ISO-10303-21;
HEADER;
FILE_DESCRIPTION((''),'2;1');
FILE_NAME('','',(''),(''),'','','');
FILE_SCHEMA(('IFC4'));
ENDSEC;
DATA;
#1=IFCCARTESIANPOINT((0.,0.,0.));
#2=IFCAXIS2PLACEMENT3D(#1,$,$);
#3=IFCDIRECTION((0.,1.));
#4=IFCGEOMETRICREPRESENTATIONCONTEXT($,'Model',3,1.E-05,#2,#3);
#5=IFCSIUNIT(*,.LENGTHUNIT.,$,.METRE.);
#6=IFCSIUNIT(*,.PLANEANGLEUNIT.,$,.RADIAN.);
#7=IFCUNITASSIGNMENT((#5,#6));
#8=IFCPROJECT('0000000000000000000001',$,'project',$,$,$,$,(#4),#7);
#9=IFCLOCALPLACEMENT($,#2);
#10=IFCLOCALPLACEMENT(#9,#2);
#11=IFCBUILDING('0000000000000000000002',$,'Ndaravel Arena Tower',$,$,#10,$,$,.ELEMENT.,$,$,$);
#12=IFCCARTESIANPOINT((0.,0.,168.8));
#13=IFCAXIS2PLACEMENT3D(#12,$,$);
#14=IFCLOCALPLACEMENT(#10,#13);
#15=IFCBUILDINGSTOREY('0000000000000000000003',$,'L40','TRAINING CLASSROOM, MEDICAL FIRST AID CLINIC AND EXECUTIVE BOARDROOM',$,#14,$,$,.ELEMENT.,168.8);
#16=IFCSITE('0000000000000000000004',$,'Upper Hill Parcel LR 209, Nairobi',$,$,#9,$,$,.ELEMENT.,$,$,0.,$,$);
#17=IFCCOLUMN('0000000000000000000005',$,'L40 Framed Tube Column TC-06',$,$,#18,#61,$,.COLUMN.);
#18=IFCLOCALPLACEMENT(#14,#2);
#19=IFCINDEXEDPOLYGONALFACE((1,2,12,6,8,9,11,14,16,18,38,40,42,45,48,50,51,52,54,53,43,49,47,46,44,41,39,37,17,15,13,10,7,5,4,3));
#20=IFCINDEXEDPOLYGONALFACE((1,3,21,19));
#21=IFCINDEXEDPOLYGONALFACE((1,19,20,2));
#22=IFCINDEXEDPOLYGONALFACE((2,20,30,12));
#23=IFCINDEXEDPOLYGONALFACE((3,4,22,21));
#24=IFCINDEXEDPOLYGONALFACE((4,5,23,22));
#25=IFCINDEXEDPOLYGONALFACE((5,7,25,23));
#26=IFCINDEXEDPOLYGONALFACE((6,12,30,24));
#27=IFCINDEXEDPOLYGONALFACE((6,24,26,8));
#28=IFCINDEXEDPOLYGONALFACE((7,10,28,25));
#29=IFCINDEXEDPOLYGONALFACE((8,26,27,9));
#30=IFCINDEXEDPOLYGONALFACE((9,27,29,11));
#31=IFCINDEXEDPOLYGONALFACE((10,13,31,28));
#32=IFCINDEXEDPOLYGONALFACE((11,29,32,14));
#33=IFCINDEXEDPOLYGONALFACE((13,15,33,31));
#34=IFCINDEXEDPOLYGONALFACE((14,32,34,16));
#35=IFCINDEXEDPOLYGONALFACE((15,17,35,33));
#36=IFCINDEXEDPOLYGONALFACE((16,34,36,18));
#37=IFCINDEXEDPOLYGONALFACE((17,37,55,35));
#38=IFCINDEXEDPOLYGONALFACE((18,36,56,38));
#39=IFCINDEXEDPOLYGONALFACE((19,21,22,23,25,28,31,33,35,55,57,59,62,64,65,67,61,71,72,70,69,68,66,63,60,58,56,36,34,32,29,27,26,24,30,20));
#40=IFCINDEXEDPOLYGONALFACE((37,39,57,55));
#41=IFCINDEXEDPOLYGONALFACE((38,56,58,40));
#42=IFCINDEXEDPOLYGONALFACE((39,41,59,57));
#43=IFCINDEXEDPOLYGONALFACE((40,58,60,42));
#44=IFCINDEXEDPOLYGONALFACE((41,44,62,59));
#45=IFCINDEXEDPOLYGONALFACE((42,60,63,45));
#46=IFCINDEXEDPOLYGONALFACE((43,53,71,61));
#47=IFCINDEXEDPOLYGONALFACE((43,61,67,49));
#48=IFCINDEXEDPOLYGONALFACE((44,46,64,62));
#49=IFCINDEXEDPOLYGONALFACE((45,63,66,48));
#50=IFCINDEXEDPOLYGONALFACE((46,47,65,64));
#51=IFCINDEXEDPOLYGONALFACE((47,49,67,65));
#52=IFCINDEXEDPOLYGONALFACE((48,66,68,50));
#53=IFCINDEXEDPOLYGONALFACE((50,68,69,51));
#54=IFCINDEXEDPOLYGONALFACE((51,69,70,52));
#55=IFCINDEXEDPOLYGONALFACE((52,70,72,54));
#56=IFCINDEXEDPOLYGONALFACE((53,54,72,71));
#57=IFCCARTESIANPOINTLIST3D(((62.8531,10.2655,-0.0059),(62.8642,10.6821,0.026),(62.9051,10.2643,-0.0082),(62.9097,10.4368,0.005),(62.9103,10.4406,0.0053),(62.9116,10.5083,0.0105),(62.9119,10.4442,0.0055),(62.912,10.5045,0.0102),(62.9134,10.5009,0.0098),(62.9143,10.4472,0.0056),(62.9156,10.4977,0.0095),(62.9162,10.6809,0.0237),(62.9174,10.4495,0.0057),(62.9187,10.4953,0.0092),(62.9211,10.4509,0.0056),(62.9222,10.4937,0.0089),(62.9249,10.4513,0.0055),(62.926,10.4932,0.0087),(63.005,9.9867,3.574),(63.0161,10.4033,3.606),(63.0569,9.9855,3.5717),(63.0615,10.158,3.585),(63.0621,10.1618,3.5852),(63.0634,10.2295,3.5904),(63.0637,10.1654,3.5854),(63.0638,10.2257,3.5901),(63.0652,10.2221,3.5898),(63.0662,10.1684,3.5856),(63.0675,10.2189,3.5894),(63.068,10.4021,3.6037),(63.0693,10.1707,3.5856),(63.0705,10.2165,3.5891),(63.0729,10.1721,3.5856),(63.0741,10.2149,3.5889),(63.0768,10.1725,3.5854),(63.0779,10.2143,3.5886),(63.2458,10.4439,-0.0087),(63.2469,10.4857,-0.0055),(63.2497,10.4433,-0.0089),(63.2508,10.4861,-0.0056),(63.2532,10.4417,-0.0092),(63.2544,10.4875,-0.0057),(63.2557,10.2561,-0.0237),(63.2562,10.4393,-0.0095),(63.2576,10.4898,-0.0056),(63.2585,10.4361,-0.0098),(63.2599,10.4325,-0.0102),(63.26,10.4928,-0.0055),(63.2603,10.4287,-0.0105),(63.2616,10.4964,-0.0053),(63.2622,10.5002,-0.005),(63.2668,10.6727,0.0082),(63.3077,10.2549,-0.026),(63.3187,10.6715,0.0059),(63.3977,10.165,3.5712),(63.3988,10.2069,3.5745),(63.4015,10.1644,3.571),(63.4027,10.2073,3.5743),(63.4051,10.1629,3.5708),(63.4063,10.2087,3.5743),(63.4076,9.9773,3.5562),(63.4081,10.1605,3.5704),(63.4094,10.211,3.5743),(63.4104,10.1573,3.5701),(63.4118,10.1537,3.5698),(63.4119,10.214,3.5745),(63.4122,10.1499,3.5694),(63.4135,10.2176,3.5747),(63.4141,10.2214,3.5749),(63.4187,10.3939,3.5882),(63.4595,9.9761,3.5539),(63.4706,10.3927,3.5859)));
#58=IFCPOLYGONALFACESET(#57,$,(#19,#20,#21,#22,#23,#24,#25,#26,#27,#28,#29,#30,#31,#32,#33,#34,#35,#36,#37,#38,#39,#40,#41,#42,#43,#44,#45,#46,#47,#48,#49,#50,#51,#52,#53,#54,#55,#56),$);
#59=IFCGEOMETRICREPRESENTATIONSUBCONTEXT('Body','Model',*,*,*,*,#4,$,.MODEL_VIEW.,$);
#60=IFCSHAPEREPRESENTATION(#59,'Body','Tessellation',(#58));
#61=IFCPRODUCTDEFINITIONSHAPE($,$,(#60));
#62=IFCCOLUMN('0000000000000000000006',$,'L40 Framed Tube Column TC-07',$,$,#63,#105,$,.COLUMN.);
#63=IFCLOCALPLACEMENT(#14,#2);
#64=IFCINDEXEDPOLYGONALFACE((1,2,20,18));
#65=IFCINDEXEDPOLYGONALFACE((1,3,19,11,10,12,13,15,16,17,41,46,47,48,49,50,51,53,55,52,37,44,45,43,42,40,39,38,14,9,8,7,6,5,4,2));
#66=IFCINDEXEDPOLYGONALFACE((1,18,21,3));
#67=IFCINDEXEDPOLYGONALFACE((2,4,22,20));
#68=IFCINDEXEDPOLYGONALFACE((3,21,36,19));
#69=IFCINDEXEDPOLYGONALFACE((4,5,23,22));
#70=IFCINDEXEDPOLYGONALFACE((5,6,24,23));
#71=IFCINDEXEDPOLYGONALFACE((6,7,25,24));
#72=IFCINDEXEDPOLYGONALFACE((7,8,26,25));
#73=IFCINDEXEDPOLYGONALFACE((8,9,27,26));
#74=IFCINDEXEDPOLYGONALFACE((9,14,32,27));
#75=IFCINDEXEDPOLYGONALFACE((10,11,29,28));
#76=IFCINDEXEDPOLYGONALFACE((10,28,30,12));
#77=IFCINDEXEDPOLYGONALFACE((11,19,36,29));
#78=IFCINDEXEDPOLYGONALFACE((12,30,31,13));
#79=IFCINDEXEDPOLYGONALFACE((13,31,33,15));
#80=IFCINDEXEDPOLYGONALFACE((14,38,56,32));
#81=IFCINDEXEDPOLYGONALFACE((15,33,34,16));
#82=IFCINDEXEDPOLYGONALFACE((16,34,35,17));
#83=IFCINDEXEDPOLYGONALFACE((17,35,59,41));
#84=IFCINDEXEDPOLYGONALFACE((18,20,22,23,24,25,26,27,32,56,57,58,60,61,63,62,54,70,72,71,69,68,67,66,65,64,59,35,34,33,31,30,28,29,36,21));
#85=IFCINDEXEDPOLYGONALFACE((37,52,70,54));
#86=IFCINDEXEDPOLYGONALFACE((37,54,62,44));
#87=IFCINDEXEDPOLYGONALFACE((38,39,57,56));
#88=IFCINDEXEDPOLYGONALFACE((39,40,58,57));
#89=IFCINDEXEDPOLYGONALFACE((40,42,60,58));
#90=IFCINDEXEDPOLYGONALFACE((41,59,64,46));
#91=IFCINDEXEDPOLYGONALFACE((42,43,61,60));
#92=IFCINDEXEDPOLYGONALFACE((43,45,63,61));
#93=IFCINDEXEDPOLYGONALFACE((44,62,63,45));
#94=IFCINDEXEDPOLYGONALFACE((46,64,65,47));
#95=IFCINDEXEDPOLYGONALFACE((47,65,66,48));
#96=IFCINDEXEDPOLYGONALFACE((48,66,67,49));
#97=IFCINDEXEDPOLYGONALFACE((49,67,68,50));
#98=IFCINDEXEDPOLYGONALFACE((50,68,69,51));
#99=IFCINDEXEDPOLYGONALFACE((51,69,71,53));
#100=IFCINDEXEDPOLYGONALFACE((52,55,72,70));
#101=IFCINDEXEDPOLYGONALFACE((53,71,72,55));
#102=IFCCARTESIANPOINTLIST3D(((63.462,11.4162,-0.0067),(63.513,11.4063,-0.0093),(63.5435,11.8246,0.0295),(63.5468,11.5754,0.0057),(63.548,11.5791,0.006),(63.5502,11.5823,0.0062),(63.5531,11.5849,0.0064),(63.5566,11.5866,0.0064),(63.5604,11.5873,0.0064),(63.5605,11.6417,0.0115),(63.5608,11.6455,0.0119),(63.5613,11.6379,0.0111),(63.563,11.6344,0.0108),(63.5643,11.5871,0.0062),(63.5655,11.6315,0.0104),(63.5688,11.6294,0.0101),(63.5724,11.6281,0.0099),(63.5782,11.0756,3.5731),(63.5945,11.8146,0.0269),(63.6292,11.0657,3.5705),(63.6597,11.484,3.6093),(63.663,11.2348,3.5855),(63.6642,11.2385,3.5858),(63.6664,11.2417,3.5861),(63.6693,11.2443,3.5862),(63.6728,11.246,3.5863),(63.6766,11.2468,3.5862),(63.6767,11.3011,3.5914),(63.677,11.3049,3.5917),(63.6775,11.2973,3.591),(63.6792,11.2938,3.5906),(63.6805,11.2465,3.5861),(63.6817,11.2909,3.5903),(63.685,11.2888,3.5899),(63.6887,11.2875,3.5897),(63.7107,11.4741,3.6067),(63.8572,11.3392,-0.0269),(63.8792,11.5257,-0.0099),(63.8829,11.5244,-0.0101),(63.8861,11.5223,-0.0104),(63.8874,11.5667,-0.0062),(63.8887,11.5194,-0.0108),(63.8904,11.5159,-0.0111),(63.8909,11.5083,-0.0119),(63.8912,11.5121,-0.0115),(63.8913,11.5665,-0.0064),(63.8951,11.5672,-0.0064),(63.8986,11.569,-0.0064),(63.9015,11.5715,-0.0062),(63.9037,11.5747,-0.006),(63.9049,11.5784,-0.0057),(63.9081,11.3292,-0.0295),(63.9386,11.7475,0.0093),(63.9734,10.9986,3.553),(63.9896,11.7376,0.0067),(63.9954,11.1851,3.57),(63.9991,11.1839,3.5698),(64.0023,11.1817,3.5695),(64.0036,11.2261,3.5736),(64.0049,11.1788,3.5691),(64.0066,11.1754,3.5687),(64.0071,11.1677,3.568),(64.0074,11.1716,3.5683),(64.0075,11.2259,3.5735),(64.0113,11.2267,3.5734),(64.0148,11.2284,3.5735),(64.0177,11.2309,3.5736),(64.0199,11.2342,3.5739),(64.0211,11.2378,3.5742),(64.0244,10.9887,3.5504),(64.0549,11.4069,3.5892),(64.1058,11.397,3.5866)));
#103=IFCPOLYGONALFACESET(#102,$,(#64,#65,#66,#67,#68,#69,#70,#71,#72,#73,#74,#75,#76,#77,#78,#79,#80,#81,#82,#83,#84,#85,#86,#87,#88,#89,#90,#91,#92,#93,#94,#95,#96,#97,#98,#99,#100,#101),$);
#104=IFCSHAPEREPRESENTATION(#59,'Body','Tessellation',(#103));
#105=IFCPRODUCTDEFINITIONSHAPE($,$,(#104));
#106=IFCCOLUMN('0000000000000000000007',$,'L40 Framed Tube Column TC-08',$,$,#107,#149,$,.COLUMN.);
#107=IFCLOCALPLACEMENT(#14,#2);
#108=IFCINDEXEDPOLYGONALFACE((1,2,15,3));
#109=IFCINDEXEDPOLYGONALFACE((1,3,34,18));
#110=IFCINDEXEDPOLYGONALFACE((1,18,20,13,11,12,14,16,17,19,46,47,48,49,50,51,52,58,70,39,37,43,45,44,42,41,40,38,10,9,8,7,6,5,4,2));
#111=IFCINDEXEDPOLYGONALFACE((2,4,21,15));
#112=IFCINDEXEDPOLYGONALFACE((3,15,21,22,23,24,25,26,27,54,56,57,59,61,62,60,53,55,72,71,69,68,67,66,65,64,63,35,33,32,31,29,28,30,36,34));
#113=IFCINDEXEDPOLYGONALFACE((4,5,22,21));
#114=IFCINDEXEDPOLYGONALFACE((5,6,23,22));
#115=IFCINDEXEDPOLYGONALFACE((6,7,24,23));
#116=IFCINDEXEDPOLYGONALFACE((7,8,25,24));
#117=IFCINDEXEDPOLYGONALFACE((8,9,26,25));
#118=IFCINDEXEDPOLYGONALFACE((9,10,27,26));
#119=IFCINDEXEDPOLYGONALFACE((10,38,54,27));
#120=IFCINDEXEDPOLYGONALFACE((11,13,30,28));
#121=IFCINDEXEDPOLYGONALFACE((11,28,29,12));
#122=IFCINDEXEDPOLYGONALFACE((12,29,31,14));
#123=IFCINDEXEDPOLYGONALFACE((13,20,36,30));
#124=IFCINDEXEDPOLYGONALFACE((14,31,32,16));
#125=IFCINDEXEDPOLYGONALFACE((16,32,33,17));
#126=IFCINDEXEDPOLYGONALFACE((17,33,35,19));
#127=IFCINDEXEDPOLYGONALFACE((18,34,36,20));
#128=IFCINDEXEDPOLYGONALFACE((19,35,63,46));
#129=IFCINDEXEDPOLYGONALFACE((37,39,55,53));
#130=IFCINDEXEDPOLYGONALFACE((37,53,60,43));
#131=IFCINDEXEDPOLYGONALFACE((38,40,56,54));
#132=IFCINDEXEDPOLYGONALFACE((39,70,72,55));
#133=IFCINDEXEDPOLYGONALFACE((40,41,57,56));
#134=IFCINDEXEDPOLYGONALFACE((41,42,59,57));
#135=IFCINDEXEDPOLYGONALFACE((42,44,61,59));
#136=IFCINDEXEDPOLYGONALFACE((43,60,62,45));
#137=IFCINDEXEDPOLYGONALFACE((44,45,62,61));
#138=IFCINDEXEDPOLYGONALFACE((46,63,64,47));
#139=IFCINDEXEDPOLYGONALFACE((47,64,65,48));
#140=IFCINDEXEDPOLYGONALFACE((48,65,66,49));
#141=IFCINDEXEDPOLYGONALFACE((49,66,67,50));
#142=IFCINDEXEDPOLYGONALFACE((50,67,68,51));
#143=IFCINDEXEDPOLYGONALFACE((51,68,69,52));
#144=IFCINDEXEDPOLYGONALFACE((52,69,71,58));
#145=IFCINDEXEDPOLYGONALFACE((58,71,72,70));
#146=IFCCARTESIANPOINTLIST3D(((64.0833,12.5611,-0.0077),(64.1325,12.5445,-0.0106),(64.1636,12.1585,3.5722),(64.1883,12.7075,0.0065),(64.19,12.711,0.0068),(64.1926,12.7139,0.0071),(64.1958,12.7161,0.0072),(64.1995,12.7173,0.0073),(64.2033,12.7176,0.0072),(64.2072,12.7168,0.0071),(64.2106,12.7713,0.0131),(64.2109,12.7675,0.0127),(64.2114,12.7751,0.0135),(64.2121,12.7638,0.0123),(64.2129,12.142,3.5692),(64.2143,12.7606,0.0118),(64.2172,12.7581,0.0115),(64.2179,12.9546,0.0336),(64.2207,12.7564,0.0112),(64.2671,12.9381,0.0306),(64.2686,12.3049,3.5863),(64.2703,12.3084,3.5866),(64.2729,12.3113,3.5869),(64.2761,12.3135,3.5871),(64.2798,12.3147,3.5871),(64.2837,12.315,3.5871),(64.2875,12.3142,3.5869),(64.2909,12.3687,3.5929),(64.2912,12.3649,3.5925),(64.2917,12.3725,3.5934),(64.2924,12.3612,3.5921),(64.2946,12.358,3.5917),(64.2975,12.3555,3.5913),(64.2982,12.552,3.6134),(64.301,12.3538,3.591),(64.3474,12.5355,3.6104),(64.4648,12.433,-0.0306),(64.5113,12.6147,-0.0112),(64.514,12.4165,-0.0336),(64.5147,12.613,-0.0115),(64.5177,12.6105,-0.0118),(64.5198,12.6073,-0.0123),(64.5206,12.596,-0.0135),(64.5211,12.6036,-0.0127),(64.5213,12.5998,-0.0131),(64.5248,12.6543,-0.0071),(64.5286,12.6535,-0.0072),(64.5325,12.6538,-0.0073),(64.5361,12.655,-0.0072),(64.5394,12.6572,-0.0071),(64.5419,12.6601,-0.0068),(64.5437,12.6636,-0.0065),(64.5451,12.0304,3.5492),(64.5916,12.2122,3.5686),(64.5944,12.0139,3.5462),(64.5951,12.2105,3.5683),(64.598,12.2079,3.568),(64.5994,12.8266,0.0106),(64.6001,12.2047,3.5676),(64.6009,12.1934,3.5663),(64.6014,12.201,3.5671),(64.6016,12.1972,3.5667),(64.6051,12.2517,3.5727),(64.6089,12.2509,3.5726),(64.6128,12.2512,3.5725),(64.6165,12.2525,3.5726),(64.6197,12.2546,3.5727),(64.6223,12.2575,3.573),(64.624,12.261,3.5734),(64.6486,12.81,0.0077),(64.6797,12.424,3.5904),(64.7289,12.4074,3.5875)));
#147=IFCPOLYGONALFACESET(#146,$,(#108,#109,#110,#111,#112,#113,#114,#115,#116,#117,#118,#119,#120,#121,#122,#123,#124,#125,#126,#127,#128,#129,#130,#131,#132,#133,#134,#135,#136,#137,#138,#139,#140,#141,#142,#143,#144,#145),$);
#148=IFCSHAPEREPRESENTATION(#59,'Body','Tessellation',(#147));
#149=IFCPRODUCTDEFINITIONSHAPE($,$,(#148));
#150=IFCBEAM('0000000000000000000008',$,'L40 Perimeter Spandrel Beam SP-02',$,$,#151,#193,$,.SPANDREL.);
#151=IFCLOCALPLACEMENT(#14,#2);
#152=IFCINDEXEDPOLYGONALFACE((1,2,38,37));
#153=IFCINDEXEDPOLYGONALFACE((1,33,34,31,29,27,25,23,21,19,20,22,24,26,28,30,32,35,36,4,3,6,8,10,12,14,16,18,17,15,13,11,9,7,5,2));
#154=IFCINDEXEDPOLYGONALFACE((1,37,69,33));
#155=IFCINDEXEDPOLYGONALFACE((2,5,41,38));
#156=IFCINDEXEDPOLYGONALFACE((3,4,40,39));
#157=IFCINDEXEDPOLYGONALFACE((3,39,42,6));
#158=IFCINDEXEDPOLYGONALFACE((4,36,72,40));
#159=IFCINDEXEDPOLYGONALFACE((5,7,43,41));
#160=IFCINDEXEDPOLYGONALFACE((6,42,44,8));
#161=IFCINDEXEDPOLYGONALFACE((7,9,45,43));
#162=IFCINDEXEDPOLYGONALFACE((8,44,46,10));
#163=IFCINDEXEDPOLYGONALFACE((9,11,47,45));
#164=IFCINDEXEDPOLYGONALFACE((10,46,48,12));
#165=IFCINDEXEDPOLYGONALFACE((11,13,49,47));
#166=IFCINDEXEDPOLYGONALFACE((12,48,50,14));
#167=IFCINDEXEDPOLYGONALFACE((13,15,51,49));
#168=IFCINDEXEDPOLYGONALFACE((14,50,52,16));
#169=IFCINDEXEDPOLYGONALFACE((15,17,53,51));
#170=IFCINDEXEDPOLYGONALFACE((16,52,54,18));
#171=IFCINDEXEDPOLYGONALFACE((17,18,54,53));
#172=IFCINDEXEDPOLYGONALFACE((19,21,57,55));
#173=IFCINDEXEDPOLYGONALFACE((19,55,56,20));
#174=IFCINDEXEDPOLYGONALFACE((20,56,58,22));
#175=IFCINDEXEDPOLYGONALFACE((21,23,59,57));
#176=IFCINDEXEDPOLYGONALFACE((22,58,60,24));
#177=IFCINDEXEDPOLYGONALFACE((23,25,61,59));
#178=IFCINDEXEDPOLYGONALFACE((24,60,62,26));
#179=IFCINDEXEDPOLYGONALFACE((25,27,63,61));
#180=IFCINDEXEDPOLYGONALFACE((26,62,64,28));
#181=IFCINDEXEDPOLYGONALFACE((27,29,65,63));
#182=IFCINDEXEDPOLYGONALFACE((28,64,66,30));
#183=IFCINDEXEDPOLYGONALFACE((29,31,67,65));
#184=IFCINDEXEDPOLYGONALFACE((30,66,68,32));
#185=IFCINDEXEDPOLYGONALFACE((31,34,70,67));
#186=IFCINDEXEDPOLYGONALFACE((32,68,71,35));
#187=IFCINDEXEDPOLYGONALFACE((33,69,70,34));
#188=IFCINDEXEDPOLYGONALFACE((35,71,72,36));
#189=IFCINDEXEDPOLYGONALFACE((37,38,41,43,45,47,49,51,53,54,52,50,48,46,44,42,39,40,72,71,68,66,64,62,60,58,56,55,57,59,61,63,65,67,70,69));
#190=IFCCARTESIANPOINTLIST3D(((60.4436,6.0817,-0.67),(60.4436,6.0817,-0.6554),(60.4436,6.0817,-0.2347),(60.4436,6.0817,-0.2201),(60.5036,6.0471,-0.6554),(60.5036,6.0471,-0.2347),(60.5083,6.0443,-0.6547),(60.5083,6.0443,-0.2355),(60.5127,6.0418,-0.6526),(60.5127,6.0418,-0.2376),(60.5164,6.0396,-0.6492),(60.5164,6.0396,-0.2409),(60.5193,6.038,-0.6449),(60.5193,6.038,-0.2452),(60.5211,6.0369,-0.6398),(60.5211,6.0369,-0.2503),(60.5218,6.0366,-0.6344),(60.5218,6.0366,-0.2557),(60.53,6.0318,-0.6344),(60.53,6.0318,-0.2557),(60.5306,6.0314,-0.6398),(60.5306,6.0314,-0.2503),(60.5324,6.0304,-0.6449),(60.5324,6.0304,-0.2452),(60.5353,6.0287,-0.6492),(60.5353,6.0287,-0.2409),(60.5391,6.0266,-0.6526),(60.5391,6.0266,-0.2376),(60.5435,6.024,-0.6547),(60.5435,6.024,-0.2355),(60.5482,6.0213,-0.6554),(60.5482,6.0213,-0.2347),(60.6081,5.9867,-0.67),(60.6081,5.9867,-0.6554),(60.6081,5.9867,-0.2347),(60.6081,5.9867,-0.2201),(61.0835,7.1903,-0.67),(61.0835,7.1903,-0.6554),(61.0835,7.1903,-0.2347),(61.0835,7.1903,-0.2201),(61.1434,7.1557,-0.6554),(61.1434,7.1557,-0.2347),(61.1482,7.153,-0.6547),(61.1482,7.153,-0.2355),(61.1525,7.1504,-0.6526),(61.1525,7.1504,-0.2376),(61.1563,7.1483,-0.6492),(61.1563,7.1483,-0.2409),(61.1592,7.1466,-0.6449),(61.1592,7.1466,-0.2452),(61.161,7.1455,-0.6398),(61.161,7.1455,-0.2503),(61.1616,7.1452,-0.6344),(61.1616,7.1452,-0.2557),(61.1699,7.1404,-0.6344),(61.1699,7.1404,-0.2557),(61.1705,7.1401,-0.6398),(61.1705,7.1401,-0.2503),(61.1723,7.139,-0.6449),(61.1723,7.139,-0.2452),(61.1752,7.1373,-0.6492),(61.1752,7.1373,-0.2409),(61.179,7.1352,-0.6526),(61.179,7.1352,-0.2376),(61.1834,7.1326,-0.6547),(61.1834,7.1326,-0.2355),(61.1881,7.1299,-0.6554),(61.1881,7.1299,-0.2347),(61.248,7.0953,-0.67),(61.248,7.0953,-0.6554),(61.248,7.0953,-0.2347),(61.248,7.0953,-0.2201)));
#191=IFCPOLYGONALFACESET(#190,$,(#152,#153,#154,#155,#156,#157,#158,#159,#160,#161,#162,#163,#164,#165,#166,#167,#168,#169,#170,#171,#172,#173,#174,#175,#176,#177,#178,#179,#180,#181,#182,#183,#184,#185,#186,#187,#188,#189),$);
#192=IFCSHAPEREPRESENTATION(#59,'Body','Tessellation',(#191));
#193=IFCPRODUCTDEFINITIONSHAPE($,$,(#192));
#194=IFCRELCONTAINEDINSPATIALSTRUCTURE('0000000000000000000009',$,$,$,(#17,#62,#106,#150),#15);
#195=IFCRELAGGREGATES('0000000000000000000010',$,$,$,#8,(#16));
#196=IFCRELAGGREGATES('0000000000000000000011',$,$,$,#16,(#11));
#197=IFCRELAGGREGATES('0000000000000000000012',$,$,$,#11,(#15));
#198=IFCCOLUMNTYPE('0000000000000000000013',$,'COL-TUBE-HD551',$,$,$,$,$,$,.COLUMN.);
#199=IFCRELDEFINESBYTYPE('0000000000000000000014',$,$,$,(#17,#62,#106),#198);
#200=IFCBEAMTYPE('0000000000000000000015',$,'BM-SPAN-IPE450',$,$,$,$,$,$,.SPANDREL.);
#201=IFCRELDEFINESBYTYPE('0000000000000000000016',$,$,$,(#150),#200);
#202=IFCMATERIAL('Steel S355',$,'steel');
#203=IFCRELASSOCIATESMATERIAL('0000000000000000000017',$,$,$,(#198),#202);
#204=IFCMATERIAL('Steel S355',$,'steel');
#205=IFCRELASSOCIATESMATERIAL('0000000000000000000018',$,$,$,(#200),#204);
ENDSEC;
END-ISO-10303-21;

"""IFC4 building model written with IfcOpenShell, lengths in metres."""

from ifc_helpers import new_model, si_unit, direction, frame, origin, origin_2d, place, context, subcontext, project, spatial, i_section, extrude, material, material_profile, profile_set, type_object, element, save


model = new_model("IFC4")

# Units and contexts
model_context = context("Model", 3, precision=1e-05, world=origin(), true_north=direction((0.0, 1.0)))
body_context = subcontext(model_context, "Body", "Model", "MODEL_VIEW")
ifc_project = project(units=[si_unit("LENGTHUNIT", "METRE"), si_unit("PLANEANGLEUNIT", "RADIAN")], contexts=[model_context])

# Site, building, storey
site_placement = place(None, origin())
site = spatial("IfcSite", under=ifc_project, at=site_placement, Name="Upper Hill Parcel LR 209, Nairobi", CompositionType="ELEMENT", RefElevation=0.0)
building_placement = place(site_placement, origin())
building = spatial("IfcBuilding", under=site, at=building_placement, Name="Ndaravel Arena Tower", CompositionType="ELEMENT")
storey_placement = place(building_placement, frame((0.0, 0.0, 168.8)))
storey = spatial("IfcBuildingStorey", under=building, at=storey_placement, Name="L40", Description="TRAINING CLASSROOM, MEDICAL FIRST AID CLINIC AND EXECUTIVE BOARDROOM", CompositionType="ELEMENT", Elevation=168.8)

# Columns
ifc_material_1 = material(Name="Steel S355", Category="steel")
ifc_material_profile_1 = material_profile(ifc_material_1, i_section(OverallWidth=0.418, OverallDepth=0.4551, WebThickness=0.042, FlangeThickness=0.052, FilletRadius=0.0149, at=origin_2d()), Name="HD 400x551")
ifc_profile_set_1 = profile_set([ifc_material_profile_1], Name="Steel S355")
column_type = type_object("IfcColumnType", Name="COL-TUBE-HD551", PredefinedType="COLUMN", material=ifc_profile_set_1)
column_1_placement = place(storey_placement, frame((63.0859, 10.4685, 0.0), z_axis=(0.042254, -0.077579, 0.99609), x_axis=(0.026483, 0.996718, 0.076504)))
element("IfcColumn", 1, at=column_1_placement, inside=storey, type_object=column_type, Name="L40 Framed Tube Column TC-06", PredefinedType="COLUMN", context=body_context, shape_type="SweptSolid", body=[
    extrude(i_section(OverallWidth=0.418, OverallDepth=0.4551, WebThickness=0.042, FlangeThickness=0.052, FilletRadius=0.0149, at=origin_2d()), origin(), (0.0, 0.0, 1.0), 3.594),
])
column_2_placement = place(storey_placement, frame((63.7258, 11.5769, 0.0), z_axis=(0.0323, -0.09466, 0.994985), x_axis=(0.194942, 0.976983, 0.086619)))
element("IfcColumn", 2, at=column_2_placement, inside=storey, type_object=column_type, Name="L40 Framed Tube Column TC-07", PredefinedType="COLUMN", context=body_context, shape_type="SweptSolid", body=[
    extrude(i_section(OverallWidth=0.418, OverallDepth=0.4551, WebThickness=0.042, FlangeThickness=0.052, FilletRadius=0.0149, at=origin_2d()), origin(), (0.0, 0.0, 1.0), 3.5979),
])
column_3_placement = place(storey_placement, frame((64.366, 12.6855, 0.0), z_axis=(0.022291, -0.111728, 0.993489), x_axis=(0.321994, 0.941586, 0.098666)))
element("IfcColumn", 3, at=column_3_placement, inside=storey, type_object=column_type, Name="L40 Framed Tube Column TC-08", PredefinedType="COLUMN", context=body_context, shape_type="SweptSolid", body=[
    extrude(i_section(OverallWidth=0.418, OverallDepth=0.4551, WebThickness=0.042, FlangeThickness=0.052, FilletRadius=0.0149, at=origin_2d()), origin(), (0.0, 0.0, 1.0), 3.6033),
])

# Beam
ifc_material_2 = material(Name="Steel S355", Category="steel")
ifc_material_profile_2 = material_profile(ifc_material_2, i_section(OverallWidth=0.1899, OverallDepth=0.45, WebThickness=0.0095, FlangeThickness=0.0146, FilletRadius=0.021, at=origin_2d()), Name="IPE 450")
ifc_profile_set_2 = profile_set([ifc_material_profile_2], Name="Steel S355")
beam_type = type_object("IfcBeamType", Name="BM-SPAN-IPE450", PredefinedType="SPANDREL", material=ifc_profile_set_2)
beam_1_placement = place(storey_placement, frame((60.5259, 6.0342, -0.4451), z_axis=(0.499893, 0.866087, 0.0), x_axis=(-0.866087, 0.499893, 0.0)))
element("IfcBeam", 4, at=beam_1_placement, inside=storey, type_object=beam_type, Name="L40 Perimeter Spandrel Beam SP-02", PredefinedType="SPANDREL", context=body_context, shape_type="SweptSolid", body=[
    extrude(i_section(OverallWidth=0.1899, OverallDepth=0.45, WebThickness=0.0095, FlangeThickness=0.0146, FilletRadius=0.021, at=origin_2d()), origin(), (0.0, 0.0, 1.0), 1.28),
])

save(model, "model.ifc")
